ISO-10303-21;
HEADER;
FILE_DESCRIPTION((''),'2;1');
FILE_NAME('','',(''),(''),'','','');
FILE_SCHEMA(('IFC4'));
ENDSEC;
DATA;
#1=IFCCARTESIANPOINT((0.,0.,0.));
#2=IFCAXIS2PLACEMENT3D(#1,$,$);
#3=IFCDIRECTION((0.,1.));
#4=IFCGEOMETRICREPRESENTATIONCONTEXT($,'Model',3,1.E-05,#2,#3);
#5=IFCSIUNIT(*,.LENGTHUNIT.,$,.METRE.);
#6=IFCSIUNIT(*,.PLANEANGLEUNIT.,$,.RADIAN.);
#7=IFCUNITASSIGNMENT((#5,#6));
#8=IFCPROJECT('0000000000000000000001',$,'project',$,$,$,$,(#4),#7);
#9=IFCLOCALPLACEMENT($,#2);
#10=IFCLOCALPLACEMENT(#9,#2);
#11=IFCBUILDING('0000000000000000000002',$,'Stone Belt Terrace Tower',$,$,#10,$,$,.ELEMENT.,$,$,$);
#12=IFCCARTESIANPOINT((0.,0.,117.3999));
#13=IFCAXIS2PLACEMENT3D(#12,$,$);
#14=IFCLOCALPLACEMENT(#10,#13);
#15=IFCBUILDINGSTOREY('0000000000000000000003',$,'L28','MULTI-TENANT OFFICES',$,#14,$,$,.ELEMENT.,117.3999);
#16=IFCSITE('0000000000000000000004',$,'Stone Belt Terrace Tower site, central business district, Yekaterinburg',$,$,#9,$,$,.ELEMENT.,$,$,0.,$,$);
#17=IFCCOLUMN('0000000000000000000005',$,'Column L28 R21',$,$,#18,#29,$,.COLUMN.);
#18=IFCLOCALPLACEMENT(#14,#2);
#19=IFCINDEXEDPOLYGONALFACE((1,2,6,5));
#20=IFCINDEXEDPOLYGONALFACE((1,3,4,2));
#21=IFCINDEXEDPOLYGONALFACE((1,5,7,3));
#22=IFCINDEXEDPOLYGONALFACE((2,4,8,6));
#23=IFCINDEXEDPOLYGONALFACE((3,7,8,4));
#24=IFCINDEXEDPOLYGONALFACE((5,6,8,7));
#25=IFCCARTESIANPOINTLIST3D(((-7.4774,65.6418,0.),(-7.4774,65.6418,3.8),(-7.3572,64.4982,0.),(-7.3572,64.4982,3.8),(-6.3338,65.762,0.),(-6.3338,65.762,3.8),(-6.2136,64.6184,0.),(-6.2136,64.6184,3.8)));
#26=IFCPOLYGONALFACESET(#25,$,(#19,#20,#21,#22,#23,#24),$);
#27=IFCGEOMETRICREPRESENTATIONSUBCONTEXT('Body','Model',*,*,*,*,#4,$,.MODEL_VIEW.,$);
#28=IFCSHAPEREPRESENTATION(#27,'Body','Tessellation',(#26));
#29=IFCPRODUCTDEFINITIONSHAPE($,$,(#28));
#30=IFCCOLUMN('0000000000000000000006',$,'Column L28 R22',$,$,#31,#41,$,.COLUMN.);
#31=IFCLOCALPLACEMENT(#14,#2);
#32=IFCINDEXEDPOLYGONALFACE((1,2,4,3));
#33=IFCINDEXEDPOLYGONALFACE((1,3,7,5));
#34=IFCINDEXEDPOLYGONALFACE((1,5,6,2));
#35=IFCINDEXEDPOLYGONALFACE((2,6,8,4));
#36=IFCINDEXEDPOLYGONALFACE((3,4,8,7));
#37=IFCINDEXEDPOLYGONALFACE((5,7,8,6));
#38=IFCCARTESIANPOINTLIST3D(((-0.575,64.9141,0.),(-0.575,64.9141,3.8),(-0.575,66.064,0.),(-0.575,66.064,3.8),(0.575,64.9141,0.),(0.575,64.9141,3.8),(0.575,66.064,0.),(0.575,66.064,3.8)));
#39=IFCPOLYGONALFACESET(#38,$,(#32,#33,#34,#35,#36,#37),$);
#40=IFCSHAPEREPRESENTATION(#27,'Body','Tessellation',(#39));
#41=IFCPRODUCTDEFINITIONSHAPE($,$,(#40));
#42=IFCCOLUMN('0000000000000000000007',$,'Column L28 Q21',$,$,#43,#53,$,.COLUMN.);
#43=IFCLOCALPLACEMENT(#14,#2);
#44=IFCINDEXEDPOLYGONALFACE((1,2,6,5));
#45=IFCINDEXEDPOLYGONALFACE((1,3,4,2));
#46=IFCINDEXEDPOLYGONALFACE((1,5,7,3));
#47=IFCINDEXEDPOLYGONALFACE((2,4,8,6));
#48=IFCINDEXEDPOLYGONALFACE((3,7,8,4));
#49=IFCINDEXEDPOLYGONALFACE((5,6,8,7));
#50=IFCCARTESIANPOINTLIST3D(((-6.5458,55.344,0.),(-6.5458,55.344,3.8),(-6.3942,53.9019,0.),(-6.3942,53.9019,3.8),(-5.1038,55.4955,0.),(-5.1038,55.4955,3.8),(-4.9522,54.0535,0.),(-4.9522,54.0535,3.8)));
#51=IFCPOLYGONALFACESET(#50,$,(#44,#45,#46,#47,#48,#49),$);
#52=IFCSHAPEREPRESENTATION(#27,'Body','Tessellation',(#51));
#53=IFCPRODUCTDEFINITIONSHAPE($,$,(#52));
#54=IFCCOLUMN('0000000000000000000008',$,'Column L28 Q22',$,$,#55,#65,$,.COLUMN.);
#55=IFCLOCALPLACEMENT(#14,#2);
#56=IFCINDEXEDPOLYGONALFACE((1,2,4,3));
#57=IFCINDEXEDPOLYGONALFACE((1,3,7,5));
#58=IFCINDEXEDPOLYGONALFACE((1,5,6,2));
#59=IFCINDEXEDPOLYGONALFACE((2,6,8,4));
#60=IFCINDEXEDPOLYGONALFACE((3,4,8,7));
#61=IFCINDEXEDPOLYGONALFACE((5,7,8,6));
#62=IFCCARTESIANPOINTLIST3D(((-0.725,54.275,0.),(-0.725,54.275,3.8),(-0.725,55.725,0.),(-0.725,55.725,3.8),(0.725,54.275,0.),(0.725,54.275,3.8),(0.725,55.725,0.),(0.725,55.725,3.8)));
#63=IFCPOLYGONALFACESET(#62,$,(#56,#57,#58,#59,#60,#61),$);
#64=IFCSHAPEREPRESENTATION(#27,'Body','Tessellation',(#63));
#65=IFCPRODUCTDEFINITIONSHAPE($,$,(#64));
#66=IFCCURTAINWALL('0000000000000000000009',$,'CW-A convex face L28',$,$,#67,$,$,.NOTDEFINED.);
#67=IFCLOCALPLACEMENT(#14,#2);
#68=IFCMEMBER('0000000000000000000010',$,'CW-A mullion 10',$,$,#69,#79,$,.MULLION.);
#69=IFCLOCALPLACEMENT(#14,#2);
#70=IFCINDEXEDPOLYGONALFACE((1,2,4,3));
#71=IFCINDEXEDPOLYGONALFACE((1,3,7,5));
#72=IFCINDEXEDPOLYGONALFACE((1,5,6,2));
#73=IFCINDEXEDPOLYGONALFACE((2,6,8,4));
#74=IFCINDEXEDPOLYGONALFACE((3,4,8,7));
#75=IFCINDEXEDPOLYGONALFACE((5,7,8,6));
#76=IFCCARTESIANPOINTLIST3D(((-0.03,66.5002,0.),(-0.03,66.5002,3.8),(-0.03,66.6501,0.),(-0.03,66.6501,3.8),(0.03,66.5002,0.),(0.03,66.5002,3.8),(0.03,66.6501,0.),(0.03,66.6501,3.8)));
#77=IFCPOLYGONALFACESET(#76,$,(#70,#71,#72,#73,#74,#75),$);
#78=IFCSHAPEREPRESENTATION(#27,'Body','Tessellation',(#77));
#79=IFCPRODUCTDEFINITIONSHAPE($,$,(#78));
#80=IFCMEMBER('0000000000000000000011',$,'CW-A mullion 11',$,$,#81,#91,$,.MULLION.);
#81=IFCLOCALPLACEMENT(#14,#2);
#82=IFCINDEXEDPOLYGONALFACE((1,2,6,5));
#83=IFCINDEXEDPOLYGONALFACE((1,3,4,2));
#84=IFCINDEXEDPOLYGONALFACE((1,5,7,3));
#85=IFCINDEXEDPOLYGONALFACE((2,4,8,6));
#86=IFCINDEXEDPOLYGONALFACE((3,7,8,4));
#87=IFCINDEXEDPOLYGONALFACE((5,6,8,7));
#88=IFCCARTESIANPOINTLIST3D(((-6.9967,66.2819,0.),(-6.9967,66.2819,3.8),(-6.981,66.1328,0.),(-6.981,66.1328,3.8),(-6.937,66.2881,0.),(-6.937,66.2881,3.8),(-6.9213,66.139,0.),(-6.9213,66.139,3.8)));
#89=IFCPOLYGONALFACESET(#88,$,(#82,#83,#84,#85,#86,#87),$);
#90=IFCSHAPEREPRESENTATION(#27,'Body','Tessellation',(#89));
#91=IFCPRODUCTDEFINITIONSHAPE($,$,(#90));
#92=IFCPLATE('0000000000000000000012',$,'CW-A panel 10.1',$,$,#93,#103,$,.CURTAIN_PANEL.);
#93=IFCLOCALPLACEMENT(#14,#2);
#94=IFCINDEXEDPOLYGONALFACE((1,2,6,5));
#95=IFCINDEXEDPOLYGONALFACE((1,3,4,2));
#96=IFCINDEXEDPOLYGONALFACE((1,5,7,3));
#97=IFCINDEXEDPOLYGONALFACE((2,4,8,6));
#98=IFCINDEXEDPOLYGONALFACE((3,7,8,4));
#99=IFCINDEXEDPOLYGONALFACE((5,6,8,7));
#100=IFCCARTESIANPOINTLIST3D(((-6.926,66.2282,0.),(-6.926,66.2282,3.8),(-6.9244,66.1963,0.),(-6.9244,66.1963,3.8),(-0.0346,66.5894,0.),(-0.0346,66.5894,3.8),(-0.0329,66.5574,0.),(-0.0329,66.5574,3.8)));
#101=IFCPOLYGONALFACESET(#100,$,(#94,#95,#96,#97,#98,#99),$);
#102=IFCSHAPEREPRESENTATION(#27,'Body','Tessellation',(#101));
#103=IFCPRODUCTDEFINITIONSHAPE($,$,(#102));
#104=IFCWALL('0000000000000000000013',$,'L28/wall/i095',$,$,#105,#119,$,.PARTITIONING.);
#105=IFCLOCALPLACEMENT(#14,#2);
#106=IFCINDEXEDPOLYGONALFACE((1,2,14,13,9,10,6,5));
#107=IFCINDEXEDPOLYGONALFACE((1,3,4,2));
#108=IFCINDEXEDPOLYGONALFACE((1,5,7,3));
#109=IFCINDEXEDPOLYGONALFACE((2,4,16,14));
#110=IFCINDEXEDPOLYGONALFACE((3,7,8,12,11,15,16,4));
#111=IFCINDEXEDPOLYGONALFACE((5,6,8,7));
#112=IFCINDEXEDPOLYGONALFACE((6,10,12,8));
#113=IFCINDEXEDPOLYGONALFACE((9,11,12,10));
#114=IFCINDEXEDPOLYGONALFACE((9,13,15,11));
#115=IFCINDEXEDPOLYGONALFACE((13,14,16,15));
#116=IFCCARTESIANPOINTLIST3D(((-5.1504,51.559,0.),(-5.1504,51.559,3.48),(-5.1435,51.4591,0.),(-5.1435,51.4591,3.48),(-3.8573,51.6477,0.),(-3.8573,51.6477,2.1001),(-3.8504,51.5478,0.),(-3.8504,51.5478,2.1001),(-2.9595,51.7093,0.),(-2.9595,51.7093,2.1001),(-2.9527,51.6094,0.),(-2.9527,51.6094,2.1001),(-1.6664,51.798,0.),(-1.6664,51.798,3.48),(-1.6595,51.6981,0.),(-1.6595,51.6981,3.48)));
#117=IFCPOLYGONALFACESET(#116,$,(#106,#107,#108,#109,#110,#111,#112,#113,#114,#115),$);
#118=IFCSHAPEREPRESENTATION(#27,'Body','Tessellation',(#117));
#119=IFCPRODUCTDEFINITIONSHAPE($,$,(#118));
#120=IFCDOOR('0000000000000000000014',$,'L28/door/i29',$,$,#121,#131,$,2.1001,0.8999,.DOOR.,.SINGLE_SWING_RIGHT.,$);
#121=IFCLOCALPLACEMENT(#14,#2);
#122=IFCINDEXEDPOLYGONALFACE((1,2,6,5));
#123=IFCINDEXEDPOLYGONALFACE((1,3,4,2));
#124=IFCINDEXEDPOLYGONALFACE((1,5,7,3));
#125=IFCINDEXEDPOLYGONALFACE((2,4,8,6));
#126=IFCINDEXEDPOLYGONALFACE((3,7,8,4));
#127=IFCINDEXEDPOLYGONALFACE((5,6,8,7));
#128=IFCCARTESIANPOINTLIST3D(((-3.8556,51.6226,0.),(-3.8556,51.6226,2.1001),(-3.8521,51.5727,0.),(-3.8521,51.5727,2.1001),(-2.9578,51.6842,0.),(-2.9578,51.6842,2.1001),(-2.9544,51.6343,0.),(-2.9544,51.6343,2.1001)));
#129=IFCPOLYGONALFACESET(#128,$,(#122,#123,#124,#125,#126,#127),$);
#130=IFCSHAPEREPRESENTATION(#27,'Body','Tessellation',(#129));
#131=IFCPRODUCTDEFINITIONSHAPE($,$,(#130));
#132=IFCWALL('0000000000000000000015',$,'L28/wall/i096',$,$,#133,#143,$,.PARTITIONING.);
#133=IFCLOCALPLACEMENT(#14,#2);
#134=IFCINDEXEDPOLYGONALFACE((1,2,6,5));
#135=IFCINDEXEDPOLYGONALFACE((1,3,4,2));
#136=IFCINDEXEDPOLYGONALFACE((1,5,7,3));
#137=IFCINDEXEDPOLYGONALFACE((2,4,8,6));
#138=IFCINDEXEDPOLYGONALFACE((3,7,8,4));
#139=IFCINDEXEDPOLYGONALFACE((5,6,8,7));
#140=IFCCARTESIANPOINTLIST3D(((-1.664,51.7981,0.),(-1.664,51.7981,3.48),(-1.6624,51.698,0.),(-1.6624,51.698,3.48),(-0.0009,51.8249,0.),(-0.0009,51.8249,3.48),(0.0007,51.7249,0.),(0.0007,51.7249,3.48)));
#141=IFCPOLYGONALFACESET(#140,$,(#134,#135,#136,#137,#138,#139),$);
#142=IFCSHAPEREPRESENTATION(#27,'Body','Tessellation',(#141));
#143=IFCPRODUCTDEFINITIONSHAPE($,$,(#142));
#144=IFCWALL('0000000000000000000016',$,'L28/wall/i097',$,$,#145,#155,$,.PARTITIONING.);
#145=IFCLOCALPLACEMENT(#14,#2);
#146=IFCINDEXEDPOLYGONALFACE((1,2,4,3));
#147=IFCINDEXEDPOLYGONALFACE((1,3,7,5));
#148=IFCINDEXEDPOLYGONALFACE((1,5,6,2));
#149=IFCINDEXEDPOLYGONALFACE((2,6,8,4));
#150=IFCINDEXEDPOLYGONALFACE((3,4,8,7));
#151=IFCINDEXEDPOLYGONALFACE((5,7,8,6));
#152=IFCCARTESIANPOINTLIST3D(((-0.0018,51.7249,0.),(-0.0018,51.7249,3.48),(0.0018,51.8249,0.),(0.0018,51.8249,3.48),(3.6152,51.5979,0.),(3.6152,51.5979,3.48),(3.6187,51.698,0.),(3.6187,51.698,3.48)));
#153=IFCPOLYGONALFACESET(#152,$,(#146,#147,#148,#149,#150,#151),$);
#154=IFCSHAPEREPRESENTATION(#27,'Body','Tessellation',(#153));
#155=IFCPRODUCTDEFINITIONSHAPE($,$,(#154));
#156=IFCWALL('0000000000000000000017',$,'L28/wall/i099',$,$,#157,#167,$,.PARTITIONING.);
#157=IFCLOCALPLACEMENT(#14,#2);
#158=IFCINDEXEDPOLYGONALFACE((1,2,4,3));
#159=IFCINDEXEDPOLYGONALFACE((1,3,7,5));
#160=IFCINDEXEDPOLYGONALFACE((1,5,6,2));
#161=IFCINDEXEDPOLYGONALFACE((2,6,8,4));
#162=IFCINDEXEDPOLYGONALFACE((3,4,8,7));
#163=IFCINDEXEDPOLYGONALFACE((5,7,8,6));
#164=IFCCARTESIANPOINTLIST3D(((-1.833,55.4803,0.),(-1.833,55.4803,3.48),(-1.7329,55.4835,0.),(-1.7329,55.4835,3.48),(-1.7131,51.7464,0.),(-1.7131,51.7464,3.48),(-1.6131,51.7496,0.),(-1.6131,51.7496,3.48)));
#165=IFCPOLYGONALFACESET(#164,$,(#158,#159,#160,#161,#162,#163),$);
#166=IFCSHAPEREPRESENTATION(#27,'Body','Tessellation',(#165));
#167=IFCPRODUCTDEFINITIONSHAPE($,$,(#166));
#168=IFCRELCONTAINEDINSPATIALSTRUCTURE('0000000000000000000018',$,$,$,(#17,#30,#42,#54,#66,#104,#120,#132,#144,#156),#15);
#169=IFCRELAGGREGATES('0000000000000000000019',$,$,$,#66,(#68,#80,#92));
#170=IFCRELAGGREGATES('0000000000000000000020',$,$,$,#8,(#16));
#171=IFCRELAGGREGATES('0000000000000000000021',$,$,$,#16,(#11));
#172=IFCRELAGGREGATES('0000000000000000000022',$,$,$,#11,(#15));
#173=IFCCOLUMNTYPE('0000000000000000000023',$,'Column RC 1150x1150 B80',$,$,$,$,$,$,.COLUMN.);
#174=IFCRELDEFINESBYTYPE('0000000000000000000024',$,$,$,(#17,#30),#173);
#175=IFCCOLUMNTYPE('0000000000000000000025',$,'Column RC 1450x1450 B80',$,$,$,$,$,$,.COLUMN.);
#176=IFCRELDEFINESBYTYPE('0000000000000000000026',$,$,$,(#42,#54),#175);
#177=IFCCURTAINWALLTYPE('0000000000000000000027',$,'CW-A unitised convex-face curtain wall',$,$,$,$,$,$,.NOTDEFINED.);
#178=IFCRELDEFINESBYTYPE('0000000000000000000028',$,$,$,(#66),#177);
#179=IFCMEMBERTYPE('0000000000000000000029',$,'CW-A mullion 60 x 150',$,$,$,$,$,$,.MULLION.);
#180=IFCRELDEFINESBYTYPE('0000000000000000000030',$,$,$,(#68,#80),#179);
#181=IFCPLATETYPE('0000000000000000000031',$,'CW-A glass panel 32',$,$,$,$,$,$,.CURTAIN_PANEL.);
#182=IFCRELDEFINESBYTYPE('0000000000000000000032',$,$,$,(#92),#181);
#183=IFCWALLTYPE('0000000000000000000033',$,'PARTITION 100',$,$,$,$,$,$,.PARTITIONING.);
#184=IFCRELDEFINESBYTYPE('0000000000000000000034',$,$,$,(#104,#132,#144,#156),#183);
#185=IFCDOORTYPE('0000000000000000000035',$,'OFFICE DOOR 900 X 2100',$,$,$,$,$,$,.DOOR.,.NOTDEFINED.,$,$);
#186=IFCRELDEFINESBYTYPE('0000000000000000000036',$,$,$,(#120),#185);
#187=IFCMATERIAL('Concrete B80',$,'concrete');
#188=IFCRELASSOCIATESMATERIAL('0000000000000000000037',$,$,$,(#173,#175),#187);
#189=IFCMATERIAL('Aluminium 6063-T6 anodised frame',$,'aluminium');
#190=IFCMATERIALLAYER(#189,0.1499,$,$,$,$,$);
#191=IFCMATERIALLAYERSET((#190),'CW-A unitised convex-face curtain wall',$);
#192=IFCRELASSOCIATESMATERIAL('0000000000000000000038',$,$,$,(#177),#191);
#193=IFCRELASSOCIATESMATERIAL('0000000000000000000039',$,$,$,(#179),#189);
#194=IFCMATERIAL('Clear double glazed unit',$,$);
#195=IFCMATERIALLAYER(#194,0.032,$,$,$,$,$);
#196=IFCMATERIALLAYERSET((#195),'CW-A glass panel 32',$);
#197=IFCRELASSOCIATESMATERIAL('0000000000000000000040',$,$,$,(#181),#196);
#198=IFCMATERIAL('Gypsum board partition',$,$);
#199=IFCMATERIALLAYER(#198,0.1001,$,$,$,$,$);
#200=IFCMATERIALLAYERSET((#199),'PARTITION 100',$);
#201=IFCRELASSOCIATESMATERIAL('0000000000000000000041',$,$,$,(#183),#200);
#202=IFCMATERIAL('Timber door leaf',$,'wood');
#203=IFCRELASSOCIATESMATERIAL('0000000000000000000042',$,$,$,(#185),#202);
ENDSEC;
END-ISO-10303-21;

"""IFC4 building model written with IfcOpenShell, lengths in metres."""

from ifc_helpers import new_model, si_unit, direction, frame, frame_2d, origin, origin_2d, place, context, subcontext, project, spatial, rectangle, extrude, material, layer, layer_set, material_profile, profile_set, type_object, element, fill, aggregate, save


model = new_model("IFC4")

# Units and contexts
model_context = context("Model", 3, precision=1e-05, world=origin(), true_north=direction((0.0, 1.0)))
body_context = subcontext(model_context, "Body", "Model", "MODEL_VIEW")
ifc_project = project(units=[si_unit("LENGTHUNIT", "METRE"), si_unit("PLANEANGLEUNIT", "RADIAN")], contexts=[model_context])

# Site, building, storey
site_placement = place(None, origin())
site = spatial("IfcSite", under=ifc_project, at=site_placement, Name="Stone Belt Terrace Tower site, central business district, Yekaterinburg", CompositionType="ELEMENT", RefElevation=0.0)
building_placement = place(site_placement, origin())
building = spatial("IfcBuilding", under=site, at=building_placement, Name="Stone Belt Terrace Tower", CompositionType="ELEMENT")
storey_placement = place(building_placement, frame((0.0, 0.0, 117.3999)))
storey = spatial("IfcBuildingStorey", under=building, at=storey_placement, Name="L28", Description="MULTI-TENANT OFFICES", CompositionType="ELEMENT", Elevation=117.3999)

# Columns
ifc_material_1 = material(Name="Concrete B80", Category="concrete")
ifc_material_profile_1 = material_profile(ifc_material_1, rectangle(XDim=1.1499, YDim=1.1499, at=origin_2d()), Name="RC 1150x1150")
ifc_profile_set_1 = profile_set([ifc_material_profile_1], Name="Concrete B80")
column_type_1 = type_object("IfcColumnType", Name="Column RC 1150x1150 B80", PredefinedType="COLUMN", material=ifc_profile_set_1)
for number, where, z_axis, x_axis, name in (
    (1, (-6.8455, 65.1301, 0.0), (0.0, 0.0, 1.0), (0.994522, 0.104528, 0.0), "Column L28 R21"),
    (2, (0.0, 65.489, 0.0), (0.0, 0.0, 1.0), (1.0, 0.0, 0.0), "Column L28 R22"),
):
    element("IfcColumn", number, at=place(storey_placement, frame(where, z_axis=z_axis, x_axis=x_axis)), inside=storey, type_object=column_type_1, Name=name, PredefinedType="COLUMN", context=body_context, shape_type="SweptSolid", body=[
        extrude(rectangle(XDim=1.1499, YDim=1.1499, at=origin_2d()), origin(), (0.0, 0.0, 1.0), 3.8),
    ])
ifc_material_profile_2 = material_profile(ifc_material_1, rectangle(XDim=1.45, YDim=1.45, at=origin_2d()), Name="RC 1450x1450")
ifc_profile_set_2 = profile_set([ifc_material_profile_2], Name="Concrete B80")
column_type_2 = type_object("IfcColumnType", Name="Column RC 1450x1450 B80", PredefinedType="COLUMN", material=ifc_profile_set_2)
for number, where, z_axis, x_axis, name in (
    (3, (-5.749, 54.6987, 0.0), (0.0, 0.0, 1.0), (0.994522, 0.104528, 0.0), "Column L28 Q21"),
    (4, (0.0, 55.0, 0.0), (0.0, 0.0, 1.0), (1.0, 0.0, 0.0), "Column L28 Q22"),
):
    element("IfcColumn", number, at=place(storey_placement, frame(where, z_axis=z_axis, x_axis=x_axis)), inside=storey, type_object=column_type_2, Name=name, PredefinedType="COLUMN", context=body_context, shape_type="SweptSolid", body=[
        extrude(rectangle(XDim=1.45, YDim=1.45, at=origin_2d()), origin(), (0.0, 0.0, 1.0), 3.8),
    ])

# Curtain wall, members, plate
ifc_material_2 = material(Name="Aluminium 6063-T6 anodised frame", Category="aluminium")
ifc_layer_1 = layer(ifc_material_2, 0.1499)
ifc_layer_set_1 = layer_set([ifc_layer_1], Name="CW-A unitised convex-face curtain wall")
curtain_wall_type = type_object("IfcCurtainWallType", Name="CW-A unitised convex-face curtain wall", PredefinedType="NOTDEFINED", material=ifc_layer_set_1)
curtain_wall_placement = place(storey_placement, origin())
curtain_wall = element("IfcCurtainWall", 5, at=curtain_wall_placement, inside=storey, type_object=curtain_wall_type, Name="CW-A convex face L28", PredefinedType="NOTDEFINED")
ifc_material_profile_3 = material_profile(ifc_material_2, rectangle(XDim=0.1499, YDim=0.0601, at=origin_2d()), Name="Aluminium 6063-T6 60x150")
ifc_profile_set_3 = profile_set([ifc_material_profile_3], Name="Aluminium 6063-T6 anodised frame")
member_type = type_object("IfcMemberType", Name="CW-A mullion 60 x 150", PredefinedType="MULLION", material=ifc_profile_set_3)
member_1_placement = place(storey_placement, frame((0.0, 66.5752, 0.0), z_axis=(0.0, 0.0, 1.0), x_axis=(0.0, -1.0, 0.0)))
member_1 = element("IfcMember", 6, at=member_1_placement, type_object=member_type, Name="CW-A mullion 10", PredefinedType="MULLION", context=body_context, shape_type="SweptSolid", body=[
    extrude(rectangle(XDim=0.1499, YDim=0.0601, at=origin_2d()), origin(), (0.0, 0.0, 1.0), 3.8),
])
member_2_placement = place(storey_placement, frame((-6.959, 66.2104, 0.0), z_axis=(0.0, 0.0, 1.0), x_axis=(0.104528, -0.994522, 0.0)))
member_2 = element("IfcMember", 7, at=member_2_placement, type_object=member_type, Name="CW-A mullion 11", PredefinedType="MULLION", context=body_context, shape_type="SweptSolid", body=[
    extrude(rectangle(XDim=0.1499, YDim=0.0601, at=origin_2d()), origin(), (0.0, 0.0, 1.0), 3.8),
])
ifc_material_3 = material(Name="Clear double glazed unit")
ifc_layer_2 = layer(ifc_material_3, 0.032)
ifc_layer_set_2 = layer_set([ifc_layer_2], Name="CW-A glass panel 32")
plate_type = type_object("IfcPlateType", Name="CW-A glass panel 32", PredefinedType="CURTAIN_PANEL", material=ifc_layer_set_2)
plate_placement = place(storey_placement, frame((-3.4795, 66.3928, 0.0), z_axis=(0.0, 0.0, 1.0), x_axis=(-0.99863, -0.052336, 0.0)))
plate = element("IfcPlate", 8, at=plate_placement, type_object=plate_type, Name="CW-A panel 10.1", PredefinedType="CURTAIN_PANEL", context=body_context, shape_type="SweptSolid", body=[
    extrude(rectangle(XDim=6.9009, YDim=0.032, at=origin_2d()), origin(), (0.0, 0.0, 1.0), 3.8),
])
aggregate(curtain_wall, [member_1, member_2, plate])

# Wall, opening, door
ifc_material_4 = material(Name="Gypsum board partition")
ifc_layer_3 = layer(ifc_material_4, 0.1001)
ifc_layer_set_3 = layer_set([ifc_layer_3], Name="PARTITION 100")
wall_type_1 = type_object("IfcWallType", Name="PARTITION 100", PredefinedType="PARTITIONING", material=ifc_layer_set_3)
wall_1_placement = place(storey_placement, frame((-5.147, 51.509, 0.0), z_axis=(0.0, 0.0, 1.0), x_axis=(0.997655, 0.068445, 0.0)))
wall_1 = element("IfcWall", 9, at=wall_1_placement, inside=storey, type_object=wall_type_1, Name="L28/wall/i095", PredefinedType="PARTITIONING", context=body_context, shape_type="SweptSolid", body=[
    extrude(rectangle(XDim=3.4922, YDim=0.1001, at=frame_2d((1.7461, 0.0))), origin(), (0.0, 0.0, 1.0), 3.48),
])
opening_1_placement = place(wall_1_placement, frame((1.2961, 0.0, 0.0)))
opening_1 = element("IfcOpeningElement", 10, at=opening_1_placement, cuts=wall_1, PredefinedType="OPENING", context=body_context, shape_type="SweptSolid", body=[
    extrude(rectangle(XDim=0.8999, YDim=2.1001, at=frame_2d((0.45, 1.05))), frame((0.0, 0.0601, 0.0), z_axis=(0.0, -1.0, 0.0), x_axis=(1.0, 0.0, 0.0)), (0.0, 0.0, 1.0), 0.1201),
])
ifc_material_5 = material(Name="Timber door leaf", Category="wood")
door_type = type_object("IfcDoorType", Name="OFFICE DOOR 900 X 2100", OperationType="NOTDEFINED", PredefinedType="DOOR", material=ifc_material_5)
door_1_placement = place(opening_1_placement, origin())
door_1 = element("IfcDoor", 11, at=door_1_placement, inside=storey, type_object=door_type, Name="L28/door/i29", OperationType="SINGLE_SWING_RIGHT", OverallHeight=2.1001, OverallWidth=0.8999, PredefinedType="DOOR", context=body_context, shape_type="SweptSolid", body=[
    extrude(rectangle(XDim=0.8999, YDim=2.1001, at=frame_2d((0.45, 1.05))), frame((0.0, 0.0249, 0.0), z_axis=(0.0, -1.0, 0.0), x_axis=(1.0, 0.0, 0.0)), (0.0, 0.0, 1.0), 0.05),
])
fill(opening_1, door_1)

# Walls
wall_2_placement = place(storey_placement, frame((-1.6631, 51.748, 0.0), z_axis=(0.0, 0.0, 1.0), x_axis=(0.99987, 0.016146, 0.0)))
element("IfcWall", 12, at=wall_2_placement, inside=storey, type_object=wall_type_1, Name="L28/wall/i096", PredefinedType="PARTITIONING", context=body_context, shape_type="SweptSolid", body=[
    extrude(rectangle(XDim=1.6633, YDim=0.1001, at=frame_2d((0.8315, 0.0))), origin(), (0.0, 0.0, 1.0), 3.48),
])
wall_3_placement = place(storey_placement, frame((0.0, 51.7749, 0.0), z_axis=(0.0, 0.0, 1.0), x_axis=(0.999385, -0.035078, 0.0)))
element("IfcWall", 13, at=wall_3_placement, inside=storey, type_object=wall_type_1, Name="L28/wall/i097", PredefinedType="PARTITIONING", context=body_context, shape_type="SweptSolid", body=[
    extrude(rectangle(XDim=3.6191, YDim=0.1001, at=frame_2d((1.8096, 0.0))), origin(), (0.0, 0.0, 1.0), 3.48),
])
wall_4_placement = place(storey_placement, frame((-1.783, 55.4819, 0.0), z_axis=(0.0, 0.0, 1.0), x_axis=(0.032088, -0.999485, 0.0)))
element("IfcWall", 14, at=wall_4_placement, inside=storey, type_object=wall_type_1, Name="L28/wall/i099", PredefinedType="PARTITIONING", context=body_context, shape_type="SweptSolid", body=[
    extrude(rectangle(XDim=3.7358, YDim=0.1001, at=frame_2d((1.8679, 0.0))), origin(), (0.0, 0.0, 1.0), 3.48),
])

save(model, "model.ifc")
